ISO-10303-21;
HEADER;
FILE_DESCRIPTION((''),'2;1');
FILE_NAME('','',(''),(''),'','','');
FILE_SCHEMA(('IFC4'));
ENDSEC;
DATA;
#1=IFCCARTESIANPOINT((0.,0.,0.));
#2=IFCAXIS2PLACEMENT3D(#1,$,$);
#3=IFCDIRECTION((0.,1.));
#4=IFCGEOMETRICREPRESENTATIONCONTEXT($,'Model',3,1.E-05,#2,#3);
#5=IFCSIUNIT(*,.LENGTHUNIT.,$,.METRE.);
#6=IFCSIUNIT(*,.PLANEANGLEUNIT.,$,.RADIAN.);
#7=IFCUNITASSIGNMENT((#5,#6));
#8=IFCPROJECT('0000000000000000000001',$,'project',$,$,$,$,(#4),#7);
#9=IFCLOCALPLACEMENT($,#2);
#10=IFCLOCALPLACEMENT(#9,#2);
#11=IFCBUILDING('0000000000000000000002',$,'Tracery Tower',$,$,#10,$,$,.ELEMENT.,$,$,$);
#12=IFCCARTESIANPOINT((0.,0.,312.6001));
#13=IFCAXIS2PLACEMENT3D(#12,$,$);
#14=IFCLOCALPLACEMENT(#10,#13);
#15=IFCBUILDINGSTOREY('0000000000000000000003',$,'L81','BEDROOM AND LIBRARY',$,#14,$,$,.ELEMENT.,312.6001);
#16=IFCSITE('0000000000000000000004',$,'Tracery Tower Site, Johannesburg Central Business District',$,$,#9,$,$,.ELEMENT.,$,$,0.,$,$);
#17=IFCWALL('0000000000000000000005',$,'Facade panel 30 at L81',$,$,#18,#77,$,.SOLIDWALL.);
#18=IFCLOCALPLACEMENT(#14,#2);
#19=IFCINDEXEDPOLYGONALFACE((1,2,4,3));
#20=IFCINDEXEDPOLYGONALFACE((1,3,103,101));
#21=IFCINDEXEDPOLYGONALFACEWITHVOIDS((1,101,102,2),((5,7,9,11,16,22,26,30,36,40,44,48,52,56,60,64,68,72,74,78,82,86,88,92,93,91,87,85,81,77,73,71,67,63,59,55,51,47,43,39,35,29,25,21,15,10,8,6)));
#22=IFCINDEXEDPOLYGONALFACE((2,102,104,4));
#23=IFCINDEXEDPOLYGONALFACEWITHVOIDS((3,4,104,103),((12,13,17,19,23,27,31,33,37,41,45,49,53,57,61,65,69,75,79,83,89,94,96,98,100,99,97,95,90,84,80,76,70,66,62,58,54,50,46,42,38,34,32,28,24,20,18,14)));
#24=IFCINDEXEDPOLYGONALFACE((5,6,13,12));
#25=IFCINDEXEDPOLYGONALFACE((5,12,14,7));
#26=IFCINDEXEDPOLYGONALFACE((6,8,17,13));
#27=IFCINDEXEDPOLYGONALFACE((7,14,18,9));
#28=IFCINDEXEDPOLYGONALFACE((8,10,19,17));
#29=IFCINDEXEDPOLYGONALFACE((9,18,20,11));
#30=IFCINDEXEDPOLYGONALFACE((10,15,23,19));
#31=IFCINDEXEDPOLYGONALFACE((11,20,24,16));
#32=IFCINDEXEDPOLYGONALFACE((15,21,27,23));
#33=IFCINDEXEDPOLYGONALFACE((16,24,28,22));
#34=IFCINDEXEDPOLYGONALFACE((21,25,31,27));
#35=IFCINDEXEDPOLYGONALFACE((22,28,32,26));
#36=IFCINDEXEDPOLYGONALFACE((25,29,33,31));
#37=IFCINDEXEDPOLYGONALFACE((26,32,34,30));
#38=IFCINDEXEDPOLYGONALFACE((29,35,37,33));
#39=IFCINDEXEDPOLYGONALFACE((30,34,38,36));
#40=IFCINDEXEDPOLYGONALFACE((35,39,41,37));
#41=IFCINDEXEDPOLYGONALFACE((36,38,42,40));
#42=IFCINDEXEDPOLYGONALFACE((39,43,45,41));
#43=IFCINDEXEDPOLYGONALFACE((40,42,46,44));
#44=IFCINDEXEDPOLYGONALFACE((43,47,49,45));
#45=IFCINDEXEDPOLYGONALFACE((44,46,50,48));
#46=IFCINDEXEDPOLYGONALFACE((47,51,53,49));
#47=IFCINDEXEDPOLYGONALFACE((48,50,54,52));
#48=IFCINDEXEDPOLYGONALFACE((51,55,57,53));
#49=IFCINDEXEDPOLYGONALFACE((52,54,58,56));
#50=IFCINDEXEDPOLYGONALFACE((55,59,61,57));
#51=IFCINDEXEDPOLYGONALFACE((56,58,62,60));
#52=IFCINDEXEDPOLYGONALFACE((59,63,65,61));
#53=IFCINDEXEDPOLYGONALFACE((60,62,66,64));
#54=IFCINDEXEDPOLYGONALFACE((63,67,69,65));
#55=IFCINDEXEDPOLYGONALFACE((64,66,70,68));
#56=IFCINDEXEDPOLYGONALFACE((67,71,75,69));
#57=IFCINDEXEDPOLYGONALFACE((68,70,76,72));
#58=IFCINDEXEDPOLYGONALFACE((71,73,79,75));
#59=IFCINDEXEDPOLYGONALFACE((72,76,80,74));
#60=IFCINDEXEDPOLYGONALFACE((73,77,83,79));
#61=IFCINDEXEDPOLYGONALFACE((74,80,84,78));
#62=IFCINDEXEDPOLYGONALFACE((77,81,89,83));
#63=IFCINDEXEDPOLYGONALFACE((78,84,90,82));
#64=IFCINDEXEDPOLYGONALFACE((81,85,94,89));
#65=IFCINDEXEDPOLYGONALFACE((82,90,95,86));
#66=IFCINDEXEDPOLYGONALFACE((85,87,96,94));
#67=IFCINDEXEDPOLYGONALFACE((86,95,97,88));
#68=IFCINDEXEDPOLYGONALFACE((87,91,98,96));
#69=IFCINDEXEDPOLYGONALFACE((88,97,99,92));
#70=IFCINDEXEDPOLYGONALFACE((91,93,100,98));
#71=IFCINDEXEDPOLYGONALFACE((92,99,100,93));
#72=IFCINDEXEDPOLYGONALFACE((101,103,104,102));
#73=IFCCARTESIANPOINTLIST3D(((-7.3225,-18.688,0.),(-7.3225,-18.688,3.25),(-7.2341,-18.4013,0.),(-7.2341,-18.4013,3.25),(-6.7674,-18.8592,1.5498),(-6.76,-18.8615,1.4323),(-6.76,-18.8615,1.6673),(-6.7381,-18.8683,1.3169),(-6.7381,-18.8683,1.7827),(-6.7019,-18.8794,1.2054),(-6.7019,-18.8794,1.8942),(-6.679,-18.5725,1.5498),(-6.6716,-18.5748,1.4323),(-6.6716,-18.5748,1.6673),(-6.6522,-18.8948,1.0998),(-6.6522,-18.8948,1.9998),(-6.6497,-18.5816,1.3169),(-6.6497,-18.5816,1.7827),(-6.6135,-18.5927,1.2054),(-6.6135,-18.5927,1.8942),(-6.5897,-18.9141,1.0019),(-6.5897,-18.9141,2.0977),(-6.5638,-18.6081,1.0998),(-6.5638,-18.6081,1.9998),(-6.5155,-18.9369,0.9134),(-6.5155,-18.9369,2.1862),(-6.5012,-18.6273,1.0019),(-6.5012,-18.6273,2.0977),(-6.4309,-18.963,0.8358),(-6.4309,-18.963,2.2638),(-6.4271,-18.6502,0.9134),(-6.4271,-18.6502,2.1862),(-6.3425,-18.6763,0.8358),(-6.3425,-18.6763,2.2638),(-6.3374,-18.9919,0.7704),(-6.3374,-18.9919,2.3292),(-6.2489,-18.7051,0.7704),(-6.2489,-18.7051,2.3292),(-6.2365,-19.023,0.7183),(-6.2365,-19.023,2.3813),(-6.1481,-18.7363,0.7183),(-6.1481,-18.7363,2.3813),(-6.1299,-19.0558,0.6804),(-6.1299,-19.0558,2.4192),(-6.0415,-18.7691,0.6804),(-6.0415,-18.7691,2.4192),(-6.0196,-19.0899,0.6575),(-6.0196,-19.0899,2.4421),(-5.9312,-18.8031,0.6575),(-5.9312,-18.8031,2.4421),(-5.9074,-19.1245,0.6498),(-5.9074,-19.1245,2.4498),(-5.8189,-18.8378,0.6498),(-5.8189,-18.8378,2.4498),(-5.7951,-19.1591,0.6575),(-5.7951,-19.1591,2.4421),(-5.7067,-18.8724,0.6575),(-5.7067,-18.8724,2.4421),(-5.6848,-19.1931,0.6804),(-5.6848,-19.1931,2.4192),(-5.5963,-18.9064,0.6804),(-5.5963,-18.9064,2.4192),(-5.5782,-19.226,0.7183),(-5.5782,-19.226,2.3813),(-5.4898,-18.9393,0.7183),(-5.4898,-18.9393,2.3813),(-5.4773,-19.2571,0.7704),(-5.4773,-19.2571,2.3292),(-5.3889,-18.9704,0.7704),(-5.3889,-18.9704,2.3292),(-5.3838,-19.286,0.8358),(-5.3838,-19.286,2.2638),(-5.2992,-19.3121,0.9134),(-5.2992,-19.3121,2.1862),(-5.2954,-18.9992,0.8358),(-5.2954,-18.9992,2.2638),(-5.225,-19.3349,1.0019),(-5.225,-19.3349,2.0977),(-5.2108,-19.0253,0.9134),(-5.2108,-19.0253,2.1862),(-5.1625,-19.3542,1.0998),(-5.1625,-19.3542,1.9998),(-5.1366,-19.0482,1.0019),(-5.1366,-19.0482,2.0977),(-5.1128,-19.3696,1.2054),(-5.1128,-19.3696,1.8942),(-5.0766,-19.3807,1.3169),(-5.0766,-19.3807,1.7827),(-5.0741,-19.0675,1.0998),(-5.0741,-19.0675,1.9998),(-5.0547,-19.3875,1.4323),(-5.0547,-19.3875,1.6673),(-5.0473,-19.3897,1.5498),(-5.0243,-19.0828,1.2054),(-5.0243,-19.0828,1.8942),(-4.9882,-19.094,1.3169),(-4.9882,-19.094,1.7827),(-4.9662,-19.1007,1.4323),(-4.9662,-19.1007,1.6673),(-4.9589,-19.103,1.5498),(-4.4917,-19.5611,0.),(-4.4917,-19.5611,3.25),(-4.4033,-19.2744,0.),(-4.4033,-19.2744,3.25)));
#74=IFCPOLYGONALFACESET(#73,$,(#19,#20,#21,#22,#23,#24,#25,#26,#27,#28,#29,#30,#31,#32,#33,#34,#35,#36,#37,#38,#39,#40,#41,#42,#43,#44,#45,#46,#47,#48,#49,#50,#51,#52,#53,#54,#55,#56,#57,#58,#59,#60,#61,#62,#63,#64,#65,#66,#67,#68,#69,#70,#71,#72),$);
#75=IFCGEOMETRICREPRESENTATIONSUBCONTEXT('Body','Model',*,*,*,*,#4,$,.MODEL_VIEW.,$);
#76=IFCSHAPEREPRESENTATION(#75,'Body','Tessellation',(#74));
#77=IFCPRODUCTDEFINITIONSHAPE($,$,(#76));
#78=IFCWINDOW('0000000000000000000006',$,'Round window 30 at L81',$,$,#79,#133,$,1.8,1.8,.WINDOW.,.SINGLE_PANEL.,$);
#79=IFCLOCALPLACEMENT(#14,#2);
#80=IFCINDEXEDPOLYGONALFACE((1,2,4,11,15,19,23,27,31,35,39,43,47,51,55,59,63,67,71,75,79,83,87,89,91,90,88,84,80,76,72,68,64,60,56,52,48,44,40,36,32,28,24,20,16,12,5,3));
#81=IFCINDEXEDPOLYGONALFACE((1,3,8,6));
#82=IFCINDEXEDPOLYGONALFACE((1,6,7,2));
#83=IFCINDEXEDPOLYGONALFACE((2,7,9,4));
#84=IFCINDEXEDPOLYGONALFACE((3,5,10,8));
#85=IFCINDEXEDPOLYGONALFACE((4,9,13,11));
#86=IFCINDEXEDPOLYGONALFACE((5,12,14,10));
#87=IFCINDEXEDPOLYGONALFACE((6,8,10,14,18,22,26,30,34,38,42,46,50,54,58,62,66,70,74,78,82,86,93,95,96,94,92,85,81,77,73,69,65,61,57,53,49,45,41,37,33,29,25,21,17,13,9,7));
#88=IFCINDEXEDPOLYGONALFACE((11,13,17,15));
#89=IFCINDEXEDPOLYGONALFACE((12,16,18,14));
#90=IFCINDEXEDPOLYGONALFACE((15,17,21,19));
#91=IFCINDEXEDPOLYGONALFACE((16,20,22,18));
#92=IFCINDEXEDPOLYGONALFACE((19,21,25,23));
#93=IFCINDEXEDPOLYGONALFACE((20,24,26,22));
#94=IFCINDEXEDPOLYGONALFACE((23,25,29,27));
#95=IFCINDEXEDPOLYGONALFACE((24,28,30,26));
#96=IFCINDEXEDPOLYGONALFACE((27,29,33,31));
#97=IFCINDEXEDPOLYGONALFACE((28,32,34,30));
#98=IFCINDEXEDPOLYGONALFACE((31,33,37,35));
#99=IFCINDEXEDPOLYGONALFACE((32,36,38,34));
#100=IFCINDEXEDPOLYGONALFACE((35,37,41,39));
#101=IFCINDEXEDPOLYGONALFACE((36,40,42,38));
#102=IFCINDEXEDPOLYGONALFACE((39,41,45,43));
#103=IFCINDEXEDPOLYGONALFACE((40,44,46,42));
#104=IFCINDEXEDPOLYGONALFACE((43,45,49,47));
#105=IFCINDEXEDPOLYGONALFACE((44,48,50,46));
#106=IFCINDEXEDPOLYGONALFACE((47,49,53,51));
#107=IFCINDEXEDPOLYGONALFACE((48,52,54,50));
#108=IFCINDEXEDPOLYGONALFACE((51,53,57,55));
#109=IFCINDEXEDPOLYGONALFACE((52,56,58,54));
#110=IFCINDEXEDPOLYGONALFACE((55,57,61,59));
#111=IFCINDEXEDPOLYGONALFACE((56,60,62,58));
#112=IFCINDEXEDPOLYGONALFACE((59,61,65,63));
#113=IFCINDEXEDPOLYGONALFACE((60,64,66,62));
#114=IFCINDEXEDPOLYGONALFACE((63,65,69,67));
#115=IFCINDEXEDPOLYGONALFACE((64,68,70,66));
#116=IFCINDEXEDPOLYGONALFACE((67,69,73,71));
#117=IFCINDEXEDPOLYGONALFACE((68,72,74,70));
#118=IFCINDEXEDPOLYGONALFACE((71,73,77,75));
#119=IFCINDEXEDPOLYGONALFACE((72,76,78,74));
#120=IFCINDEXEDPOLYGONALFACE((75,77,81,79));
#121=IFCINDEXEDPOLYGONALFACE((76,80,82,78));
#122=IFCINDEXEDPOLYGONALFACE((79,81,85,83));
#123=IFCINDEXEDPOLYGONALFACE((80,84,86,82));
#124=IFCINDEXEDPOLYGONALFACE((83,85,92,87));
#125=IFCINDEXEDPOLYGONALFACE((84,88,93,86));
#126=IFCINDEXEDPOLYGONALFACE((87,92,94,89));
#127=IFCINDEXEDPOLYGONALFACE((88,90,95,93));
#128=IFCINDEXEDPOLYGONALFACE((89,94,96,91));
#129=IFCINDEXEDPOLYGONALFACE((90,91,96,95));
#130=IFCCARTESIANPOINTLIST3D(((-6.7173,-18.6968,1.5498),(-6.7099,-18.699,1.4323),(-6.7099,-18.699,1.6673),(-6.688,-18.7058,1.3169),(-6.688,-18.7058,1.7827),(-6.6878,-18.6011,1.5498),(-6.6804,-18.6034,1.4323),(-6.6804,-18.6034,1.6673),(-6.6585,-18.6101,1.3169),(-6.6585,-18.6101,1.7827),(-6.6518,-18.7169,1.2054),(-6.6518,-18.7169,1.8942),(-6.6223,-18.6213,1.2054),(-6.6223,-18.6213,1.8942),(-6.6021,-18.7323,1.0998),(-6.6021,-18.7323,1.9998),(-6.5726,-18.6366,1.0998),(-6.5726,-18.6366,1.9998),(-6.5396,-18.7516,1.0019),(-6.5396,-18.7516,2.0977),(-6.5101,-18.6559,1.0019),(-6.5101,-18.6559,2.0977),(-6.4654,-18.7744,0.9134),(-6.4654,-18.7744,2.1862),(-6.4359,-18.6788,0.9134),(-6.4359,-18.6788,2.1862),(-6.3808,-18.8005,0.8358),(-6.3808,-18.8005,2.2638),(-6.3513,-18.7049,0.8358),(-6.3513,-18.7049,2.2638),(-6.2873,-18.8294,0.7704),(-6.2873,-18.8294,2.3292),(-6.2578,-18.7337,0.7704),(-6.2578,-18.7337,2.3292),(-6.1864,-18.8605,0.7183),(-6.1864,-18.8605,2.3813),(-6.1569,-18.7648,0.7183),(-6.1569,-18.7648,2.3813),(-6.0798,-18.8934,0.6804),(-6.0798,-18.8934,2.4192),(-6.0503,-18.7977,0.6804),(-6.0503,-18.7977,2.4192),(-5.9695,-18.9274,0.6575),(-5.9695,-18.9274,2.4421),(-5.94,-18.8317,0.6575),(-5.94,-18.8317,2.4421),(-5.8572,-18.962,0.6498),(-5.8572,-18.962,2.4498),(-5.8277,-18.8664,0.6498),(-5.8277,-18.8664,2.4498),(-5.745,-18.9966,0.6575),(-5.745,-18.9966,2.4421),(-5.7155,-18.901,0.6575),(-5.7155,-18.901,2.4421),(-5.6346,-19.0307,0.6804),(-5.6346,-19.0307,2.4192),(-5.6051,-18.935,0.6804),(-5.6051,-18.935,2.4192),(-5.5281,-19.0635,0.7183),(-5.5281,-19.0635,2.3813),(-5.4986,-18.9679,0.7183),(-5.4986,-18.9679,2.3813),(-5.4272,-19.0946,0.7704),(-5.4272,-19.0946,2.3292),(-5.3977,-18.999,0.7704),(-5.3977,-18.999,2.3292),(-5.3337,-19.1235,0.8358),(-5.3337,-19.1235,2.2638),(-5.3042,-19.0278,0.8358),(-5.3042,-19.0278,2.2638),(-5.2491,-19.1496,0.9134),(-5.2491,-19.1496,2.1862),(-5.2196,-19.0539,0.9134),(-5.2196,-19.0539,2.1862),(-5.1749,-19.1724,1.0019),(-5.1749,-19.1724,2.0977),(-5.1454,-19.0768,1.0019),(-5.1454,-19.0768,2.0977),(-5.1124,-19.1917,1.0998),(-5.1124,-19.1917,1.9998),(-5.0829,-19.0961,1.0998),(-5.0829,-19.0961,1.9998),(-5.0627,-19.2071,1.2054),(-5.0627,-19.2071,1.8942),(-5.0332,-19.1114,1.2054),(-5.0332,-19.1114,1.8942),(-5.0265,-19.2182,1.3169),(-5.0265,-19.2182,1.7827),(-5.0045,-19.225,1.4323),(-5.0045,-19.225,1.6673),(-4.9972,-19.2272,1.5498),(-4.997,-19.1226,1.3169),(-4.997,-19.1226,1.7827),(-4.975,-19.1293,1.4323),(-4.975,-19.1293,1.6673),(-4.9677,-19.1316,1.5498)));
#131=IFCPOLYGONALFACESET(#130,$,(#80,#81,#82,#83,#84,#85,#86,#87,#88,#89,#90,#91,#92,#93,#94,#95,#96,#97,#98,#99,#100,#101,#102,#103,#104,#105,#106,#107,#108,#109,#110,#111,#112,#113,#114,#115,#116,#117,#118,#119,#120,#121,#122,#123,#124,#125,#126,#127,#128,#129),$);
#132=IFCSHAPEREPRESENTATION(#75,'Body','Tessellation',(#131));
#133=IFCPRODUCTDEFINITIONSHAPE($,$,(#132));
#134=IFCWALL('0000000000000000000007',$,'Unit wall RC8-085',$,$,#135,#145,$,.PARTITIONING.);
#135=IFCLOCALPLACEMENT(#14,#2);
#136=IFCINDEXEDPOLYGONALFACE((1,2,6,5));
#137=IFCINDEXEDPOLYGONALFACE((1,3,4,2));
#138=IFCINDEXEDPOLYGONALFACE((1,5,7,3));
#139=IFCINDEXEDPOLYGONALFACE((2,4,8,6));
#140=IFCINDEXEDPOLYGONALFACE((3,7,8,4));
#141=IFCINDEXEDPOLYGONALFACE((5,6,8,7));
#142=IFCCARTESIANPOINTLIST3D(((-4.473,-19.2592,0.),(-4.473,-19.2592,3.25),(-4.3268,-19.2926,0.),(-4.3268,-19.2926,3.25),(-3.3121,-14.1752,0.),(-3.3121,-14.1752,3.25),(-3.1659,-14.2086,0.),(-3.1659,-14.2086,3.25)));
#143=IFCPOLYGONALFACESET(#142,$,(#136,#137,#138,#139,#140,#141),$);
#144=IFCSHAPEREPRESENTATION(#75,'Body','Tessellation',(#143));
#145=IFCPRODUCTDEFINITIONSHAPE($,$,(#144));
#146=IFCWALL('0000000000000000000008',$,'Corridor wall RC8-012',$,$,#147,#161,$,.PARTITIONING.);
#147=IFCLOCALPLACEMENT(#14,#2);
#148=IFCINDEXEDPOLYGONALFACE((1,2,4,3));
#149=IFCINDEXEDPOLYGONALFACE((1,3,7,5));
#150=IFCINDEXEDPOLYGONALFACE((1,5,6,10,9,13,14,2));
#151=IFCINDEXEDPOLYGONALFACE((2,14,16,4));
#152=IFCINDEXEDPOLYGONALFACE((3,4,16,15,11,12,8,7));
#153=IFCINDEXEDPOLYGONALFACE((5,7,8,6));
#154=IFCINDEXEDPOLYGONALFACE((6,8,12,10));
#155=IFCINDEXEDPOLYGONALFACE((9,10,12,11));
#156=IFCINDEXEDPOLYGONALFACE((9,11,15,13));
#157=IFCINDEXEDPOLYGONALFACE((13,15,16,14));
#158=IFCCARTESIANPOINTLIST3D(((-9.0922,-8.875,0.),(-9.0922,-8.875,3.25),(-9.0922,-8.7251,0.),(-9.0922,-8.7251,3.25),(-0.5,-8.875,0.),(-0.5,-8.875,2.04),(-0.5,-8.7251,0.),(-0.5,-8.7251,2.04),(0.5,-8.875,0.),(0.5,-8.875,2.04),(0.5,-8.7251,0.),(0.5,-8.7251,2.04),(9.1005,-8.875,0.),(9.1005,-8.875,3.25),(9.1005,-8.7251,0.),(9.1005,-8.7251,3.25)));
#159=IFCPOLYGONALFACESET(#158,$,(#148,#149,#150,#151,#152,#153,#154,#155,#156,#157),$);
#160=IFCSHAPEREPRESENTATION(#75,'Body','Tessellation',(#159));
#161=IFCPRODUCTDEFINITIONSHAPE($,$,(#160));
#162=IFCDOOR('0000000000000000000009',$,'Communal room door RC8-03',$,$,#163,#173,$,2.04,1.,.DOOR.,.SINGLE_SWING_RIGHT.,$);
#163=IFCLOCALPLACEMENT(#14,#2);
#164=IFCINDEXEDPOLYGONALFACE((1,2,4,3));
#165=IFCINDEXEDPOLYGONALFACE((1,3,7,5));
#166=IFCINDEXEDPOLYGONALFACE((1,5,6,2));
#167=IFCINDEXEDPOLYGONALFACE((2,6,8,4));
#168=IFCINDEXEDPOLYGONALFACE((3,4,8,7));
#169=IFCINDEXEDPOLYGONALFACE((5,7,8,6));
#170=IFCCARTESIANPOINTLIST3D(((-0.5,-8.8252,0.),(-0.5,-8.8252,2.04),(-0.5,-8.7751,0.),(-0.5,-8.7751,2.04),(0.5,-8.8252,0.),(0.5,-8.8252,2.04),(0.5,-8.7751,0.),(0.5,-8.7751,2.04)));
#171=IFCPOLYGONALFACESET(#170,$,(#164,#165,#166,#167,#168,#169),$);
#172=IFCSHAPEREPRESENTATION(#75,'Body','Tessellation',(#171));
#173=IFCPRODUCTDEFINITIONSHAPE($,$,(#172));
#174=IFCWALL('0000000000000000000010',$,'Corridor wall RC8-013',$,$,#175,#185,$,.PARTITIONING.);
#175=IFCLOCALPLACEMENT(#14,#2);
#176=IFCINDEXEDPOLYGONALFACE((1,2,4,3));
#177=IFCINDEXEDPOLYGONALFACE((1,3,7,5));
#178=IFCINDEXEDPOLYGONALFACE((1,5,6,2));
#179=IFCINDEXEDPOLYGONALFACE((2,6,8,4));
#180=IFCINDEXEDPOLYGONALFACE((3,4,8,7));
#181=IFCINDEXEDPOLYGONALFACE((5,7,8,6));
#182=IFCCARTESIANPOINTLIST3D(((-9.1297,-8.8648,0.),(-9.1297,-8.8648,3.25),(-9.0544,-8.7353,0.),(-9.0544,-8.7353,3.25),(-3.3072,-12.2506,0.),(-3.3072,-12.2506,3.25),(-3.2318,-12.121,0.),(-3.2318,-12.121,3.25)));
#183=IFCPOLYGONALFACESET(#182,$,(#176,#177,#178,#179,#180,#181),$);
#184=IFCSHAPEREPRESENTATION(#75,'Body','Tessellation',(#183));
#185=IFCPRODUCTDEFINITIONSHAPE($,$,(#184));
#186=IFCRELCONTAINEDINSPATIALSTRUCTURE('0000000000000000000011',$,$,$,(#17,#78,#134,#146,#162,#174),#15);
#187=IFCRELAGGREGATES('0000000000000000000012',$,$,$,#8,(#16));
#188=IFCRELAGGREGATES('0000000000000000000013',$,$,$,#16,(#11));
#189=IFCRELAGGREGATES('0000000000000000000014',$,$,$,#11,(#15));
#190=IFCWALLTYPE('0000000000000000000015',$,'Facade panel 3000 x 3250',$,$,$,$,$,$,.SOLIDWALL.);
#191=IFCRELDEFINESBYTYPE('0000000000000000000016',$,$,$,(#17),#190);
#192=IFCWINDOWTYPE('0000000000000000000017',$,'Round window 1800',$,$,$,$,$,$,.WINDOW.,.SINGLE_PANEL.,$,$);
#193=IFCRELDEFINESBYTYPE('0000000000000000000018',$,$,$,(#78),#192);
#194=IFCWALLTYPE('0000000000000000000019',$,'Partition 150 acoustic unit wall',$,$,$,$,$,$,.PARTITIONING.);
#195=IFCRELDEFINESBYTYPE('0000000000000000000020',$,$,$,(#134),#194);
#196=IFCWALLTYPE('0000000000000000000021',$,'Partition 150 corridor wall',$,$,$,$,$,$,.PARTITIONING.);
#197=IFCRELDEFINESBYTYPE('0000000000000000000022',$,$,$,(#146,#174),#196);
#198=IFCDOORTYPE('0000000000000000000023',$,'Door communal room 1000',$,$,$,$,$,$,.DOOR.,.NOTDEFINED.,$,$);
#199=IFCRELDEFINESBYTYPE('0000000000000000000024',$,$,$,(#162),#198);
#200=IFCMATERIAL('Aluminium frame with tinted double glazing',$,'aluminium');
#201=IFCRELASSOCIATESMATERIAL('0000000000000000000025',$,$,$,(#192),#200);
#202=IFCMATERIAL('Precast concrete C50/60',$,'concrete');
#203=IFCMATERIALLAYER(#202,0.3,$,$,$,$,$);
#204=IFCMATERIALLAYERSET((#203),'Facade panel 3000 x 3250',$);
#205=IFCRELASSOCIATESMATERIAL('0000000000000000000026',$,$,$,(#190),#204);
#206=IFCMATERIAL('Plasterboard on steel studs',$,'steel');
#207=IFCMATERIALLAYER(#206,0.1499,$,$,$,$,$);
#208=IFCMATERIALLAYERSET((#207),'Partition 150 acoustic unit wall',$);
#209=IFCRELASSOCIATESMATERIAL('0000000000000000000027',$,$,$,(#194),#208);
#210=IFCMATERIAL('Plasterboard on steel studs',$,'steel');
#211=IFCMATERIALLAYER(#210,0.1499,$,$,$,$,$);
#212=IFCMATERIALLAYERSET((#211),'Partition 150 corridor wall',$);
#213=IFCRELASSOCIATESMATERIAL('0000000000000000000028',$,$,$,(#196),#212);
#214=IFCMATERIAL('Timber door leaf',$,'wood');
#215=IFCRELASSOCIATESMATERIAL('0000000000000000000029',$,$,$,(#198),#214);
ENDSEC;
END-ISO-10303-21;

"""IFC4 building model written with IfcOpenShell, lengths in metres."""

from ifc_helpers import new_model, si_unit, direction, frame, frame_2d, origin, origin_2d, place, context, subcontext, project, spatial, rectangle, circle, extrude, material, layer, layer_set, type_object, element, fill, save


model = new_model("IFC4")

# Units and contexts
model_context = context("Model", 3, precision=1e-05, world=origin(), true_north=direction((0.0, 1.0)))
body_context = subcontext(model_context, "Body", "Model", "MODEL_VIEW")
ifc_project = project(units=[si_unit("LENGTHUNIT", "METRE"), si_unit("PLANEANGLEUNIT", "RADIAN")], contexts=[model_context])

# Site, building, storey
site_placement = place(None, origin())
site = spatial("IfcSite", under=ifc_project, at=site_placement, Name="Tracery Tower Site, Johannesburg Central Business District", CompositionType="ELEMENT", RefElevation=0.0)
building_placement = place(site_placement, origin())
building = spatial("IfcBuilding", under=site, at=building_placement, Name="Tracery Tower", CompositionType="ELEMENT")
storey_placement = place(building_placement, frame((0.0, 0.0, 312.6001)))
storey = spatial("IfcBuildingStorey", under=building, at=storey_placement, Name="L81", Description="BEDROOM AND LIBRARY", CompositionType="ELEMENT", Elevation=312.6001)

# Wall, opening, window
ifc_material_1 = material(Name="Aluminium frame with tinted double glazing", Category="aluminium")
window_type = type_object("IfcWindowType", Name="Round window 1800", PartitioningType="SINGLE_PANEL", PredefinedType="WINDOW", material=ifc_material_1)
ifc_material_2 = material(Name="Precast concrete C50/60", Category="concrete")
ifc_layer_1 = layer(ifc_material_2, 0.3)
ifc_layer_set_1 = layer_set([ifc_layer_1], Name="Facade panel 3000 x 3250")
wall_type_1 = type_object("IfcWallType", Name="Facade panel 3000 x 3250", PredefinedType="SOLIDWALL", material=ifc_layer_set_1)
wall_1_placement = place(storey_placement, frame((-7.2783, -18.5447, 0.0), z_axis=(0.0, 0.0, 1.0), x_axis=(0.955586, -0.294711, 0.0)))
wall_1 = element("IfcWall", 1, at=wall_1_placement, inside=storey, type_object=wall_type_1, Name="Facade panel 30 at L81", PredefinedType="SOLIDWALL", context=body_context, shape_type="SweptSolid", body=[
    extrude(rectangle(XDim=2.9624, YDim=0.3, at=frame_2d((1.4812, 0.0))), origin(), (0.0, 0.0, 1.0), 3.25),
])
opening_1_placement = place(wall_1_placement, frame((1.481, 0.0, 1.5498)))
opening_1 = element("IfcOpeningElement", 2, at=opening_1_placement, cuts=wall_1, PredefinedType="OPENING", context=body_context, shape_type="SweptSolid", body=[
    extrude(circle(Radius=0.9, at=origin_2d()), frame((0.0, 0.1599, 0.0), z_axis=(0.0, -1.0, 0.0), x_axis=(1.0, 0.0, 0.0)), (0.0, 0.0, 1.0), 0.3201),
])
window_1_placement = place(opening_1_placement, origin())
window_1 = element("IfcWindow", 3, at=window_1_placement, inside=storey, type_object=window_type, Name="Round window 30 at L81", OverallHeight=1.8, OverallWidth=1.8, PartitioningType="SINGLE_PANEL", PredefinedType="WINDOW", context=body_context, shape_type="SweptSolid", body=[
    extrude(circle(Radius=0.9, at=origin_2d()), frame((0.0, 0.1201, 0.0), z_axis=(0.0, -1.0, 0.0), x_axis=(1.0, 0.0, 0.0)), (0.0, 0.0, 1.0), 0.1001),
])
fill(opening_1, window_1)

# Wall
ifc_material_3 = material(Name="Plasterboard on steel studs", Category="steel")
ifc_layer_2 = layer(ifc_material_3, 0.1499)
ifc_layer_set_2 = layer_set([ifc_layer_2], Name="Partition 150 acoustic unit wall")
wall_type_2 = type_object("IfcWallType", Name="Partition 150 acoustic unit wall", PredefinedType="PARTITIONING", material=ifc_layer_set_2)
wall_2_placement = place(storey_placement, frame((-4.3999, -19.2759, 0.0), z_axis=(0.0, 0.0, 1.0), x_axis=(0.222613, 0.974907, 0.0)))
element("IfcWall", 4, at=wall_2_placement, inside=storey, type_object=wall_type_2, Name="Unit wall RC8-085", PredefinedType="PARTITIONING", context=body_context, shape_type="SweptSolid", body=[
    extrude(rectangle(XDim=5.2148, YDim=0.1499, at=frame_2d((2.6074, 0.0))), origin(), (0.0, 0.0, 1.0), 3.25),
])

# Wall, opening, door
ifc_material_4 = material(Name="Plasterboard on steel studs", Category="steel")
ifc_layer_3 = layer(ifc_material_4, 0.1499)
ifc_layer_set_3 = layer_set([ifc_layer_3], Name="Partition 150 corridor wall")
wall_type_3 = type_object("IfcWallType", Name="Partition 150 corridor wall", PredefinedType="PARTITIONING", material=ifc_layer_set_3)
wall_3_placement = place(storey_placement, frame((-9.092, -8.8, 0.0), z_axis=(0.0, 0.0, 1.0), x_axis=(1.0, 0.0, 0.0)))
wall_3 = element("IfcWall", 5, at=wall_3_placement, inside=storey, type_object=wall_type_3, Name="Corridor wall RC8-012", PredefinedType="PARTITIONING", context=body_context, shape_type="SweptSolid", body=[
    extrude(rectangle(XDim=18.1926, YDim=0.1499, at=frame_2d((9.0962, 0.0))), origin(), (0.0, 0.0, 1.0), 3.25),
])
opening_2_placement = place(wall_3_placement, frame((8.592, 0.0, 0.0)))
opening_2 = element("IfcOpeningElement", 6, at=opening_2_placement, cuts=wall_3, PredefinedType="OPENING", context=body_context, shape_type="SweptSolid", body=[
    extrude(rectangle(XDim=1.0, YDim=2.04, at=frame_2d((0.5, 1.02))), frame((0.0, 0.075, 0.0), z_axis=(0.0, -1.0, 0.0), x_axis=(1.0, 0.0, 0.0)), (0.0, 0.0, 1.0), 0.1499),
])
ifc_material_5 = material(Name="Timber door leaf", Category="wood")
door_type_1 = type_object("IfcDoorType", Name="Door communal room 1000", OperationType="NOTDEFINED", PredefinedType="DOOR", material=ifc_material_5)
door_1_placement = place(opening_2_placement, origin())
door_1 = element("IfcDoor", 7, at=door_1_placement, inside=storey, type_object=door_type_1, Name="Communal room door RC8-03", OperationType="SINGLE_SWING_RIGHT", OverallHeight=2.04, OverallWidth=1.0, PredefinedType="DOOR", context=body_context, shape_type="SweptSolid", body=[
    extrude(rectangle(XDim=1.0, YDim=2.04, at=frame_2d((0.5, 1.02))), frame((0.0, 0.0249, 0.0), z_axis=(0.0, -1.0, 0.0), x_axis=(1.0, 0.0, 0.0)), (0.0, 0.0, 1.0), 0.05),
])
fill(opening_2, door_1)

# Wall
wall_4_placement = place(storey_placement, frame((-9.092, -8.8, 0.0), z_axis=(0.0, 0.0, 1.0), x_axis=(0.864471, -0.502683, 0.0)))
element("IfcWall", 8, at=wall_4_placement, inside=storey, type_object=wall_type_3, Name="Corridor wall RC8-013", PredefinedType="PARTITIONING", context=body_context, shape_type="SweptSolid", body=[
    extrude(rectangle(XDim=6.7354, YDim=0.1499, at=frame_2d((3.3677, 0.0))), origin(), (0.0, 0.0, 1.0), 3.25),
])

save(model, "model.ifc")
